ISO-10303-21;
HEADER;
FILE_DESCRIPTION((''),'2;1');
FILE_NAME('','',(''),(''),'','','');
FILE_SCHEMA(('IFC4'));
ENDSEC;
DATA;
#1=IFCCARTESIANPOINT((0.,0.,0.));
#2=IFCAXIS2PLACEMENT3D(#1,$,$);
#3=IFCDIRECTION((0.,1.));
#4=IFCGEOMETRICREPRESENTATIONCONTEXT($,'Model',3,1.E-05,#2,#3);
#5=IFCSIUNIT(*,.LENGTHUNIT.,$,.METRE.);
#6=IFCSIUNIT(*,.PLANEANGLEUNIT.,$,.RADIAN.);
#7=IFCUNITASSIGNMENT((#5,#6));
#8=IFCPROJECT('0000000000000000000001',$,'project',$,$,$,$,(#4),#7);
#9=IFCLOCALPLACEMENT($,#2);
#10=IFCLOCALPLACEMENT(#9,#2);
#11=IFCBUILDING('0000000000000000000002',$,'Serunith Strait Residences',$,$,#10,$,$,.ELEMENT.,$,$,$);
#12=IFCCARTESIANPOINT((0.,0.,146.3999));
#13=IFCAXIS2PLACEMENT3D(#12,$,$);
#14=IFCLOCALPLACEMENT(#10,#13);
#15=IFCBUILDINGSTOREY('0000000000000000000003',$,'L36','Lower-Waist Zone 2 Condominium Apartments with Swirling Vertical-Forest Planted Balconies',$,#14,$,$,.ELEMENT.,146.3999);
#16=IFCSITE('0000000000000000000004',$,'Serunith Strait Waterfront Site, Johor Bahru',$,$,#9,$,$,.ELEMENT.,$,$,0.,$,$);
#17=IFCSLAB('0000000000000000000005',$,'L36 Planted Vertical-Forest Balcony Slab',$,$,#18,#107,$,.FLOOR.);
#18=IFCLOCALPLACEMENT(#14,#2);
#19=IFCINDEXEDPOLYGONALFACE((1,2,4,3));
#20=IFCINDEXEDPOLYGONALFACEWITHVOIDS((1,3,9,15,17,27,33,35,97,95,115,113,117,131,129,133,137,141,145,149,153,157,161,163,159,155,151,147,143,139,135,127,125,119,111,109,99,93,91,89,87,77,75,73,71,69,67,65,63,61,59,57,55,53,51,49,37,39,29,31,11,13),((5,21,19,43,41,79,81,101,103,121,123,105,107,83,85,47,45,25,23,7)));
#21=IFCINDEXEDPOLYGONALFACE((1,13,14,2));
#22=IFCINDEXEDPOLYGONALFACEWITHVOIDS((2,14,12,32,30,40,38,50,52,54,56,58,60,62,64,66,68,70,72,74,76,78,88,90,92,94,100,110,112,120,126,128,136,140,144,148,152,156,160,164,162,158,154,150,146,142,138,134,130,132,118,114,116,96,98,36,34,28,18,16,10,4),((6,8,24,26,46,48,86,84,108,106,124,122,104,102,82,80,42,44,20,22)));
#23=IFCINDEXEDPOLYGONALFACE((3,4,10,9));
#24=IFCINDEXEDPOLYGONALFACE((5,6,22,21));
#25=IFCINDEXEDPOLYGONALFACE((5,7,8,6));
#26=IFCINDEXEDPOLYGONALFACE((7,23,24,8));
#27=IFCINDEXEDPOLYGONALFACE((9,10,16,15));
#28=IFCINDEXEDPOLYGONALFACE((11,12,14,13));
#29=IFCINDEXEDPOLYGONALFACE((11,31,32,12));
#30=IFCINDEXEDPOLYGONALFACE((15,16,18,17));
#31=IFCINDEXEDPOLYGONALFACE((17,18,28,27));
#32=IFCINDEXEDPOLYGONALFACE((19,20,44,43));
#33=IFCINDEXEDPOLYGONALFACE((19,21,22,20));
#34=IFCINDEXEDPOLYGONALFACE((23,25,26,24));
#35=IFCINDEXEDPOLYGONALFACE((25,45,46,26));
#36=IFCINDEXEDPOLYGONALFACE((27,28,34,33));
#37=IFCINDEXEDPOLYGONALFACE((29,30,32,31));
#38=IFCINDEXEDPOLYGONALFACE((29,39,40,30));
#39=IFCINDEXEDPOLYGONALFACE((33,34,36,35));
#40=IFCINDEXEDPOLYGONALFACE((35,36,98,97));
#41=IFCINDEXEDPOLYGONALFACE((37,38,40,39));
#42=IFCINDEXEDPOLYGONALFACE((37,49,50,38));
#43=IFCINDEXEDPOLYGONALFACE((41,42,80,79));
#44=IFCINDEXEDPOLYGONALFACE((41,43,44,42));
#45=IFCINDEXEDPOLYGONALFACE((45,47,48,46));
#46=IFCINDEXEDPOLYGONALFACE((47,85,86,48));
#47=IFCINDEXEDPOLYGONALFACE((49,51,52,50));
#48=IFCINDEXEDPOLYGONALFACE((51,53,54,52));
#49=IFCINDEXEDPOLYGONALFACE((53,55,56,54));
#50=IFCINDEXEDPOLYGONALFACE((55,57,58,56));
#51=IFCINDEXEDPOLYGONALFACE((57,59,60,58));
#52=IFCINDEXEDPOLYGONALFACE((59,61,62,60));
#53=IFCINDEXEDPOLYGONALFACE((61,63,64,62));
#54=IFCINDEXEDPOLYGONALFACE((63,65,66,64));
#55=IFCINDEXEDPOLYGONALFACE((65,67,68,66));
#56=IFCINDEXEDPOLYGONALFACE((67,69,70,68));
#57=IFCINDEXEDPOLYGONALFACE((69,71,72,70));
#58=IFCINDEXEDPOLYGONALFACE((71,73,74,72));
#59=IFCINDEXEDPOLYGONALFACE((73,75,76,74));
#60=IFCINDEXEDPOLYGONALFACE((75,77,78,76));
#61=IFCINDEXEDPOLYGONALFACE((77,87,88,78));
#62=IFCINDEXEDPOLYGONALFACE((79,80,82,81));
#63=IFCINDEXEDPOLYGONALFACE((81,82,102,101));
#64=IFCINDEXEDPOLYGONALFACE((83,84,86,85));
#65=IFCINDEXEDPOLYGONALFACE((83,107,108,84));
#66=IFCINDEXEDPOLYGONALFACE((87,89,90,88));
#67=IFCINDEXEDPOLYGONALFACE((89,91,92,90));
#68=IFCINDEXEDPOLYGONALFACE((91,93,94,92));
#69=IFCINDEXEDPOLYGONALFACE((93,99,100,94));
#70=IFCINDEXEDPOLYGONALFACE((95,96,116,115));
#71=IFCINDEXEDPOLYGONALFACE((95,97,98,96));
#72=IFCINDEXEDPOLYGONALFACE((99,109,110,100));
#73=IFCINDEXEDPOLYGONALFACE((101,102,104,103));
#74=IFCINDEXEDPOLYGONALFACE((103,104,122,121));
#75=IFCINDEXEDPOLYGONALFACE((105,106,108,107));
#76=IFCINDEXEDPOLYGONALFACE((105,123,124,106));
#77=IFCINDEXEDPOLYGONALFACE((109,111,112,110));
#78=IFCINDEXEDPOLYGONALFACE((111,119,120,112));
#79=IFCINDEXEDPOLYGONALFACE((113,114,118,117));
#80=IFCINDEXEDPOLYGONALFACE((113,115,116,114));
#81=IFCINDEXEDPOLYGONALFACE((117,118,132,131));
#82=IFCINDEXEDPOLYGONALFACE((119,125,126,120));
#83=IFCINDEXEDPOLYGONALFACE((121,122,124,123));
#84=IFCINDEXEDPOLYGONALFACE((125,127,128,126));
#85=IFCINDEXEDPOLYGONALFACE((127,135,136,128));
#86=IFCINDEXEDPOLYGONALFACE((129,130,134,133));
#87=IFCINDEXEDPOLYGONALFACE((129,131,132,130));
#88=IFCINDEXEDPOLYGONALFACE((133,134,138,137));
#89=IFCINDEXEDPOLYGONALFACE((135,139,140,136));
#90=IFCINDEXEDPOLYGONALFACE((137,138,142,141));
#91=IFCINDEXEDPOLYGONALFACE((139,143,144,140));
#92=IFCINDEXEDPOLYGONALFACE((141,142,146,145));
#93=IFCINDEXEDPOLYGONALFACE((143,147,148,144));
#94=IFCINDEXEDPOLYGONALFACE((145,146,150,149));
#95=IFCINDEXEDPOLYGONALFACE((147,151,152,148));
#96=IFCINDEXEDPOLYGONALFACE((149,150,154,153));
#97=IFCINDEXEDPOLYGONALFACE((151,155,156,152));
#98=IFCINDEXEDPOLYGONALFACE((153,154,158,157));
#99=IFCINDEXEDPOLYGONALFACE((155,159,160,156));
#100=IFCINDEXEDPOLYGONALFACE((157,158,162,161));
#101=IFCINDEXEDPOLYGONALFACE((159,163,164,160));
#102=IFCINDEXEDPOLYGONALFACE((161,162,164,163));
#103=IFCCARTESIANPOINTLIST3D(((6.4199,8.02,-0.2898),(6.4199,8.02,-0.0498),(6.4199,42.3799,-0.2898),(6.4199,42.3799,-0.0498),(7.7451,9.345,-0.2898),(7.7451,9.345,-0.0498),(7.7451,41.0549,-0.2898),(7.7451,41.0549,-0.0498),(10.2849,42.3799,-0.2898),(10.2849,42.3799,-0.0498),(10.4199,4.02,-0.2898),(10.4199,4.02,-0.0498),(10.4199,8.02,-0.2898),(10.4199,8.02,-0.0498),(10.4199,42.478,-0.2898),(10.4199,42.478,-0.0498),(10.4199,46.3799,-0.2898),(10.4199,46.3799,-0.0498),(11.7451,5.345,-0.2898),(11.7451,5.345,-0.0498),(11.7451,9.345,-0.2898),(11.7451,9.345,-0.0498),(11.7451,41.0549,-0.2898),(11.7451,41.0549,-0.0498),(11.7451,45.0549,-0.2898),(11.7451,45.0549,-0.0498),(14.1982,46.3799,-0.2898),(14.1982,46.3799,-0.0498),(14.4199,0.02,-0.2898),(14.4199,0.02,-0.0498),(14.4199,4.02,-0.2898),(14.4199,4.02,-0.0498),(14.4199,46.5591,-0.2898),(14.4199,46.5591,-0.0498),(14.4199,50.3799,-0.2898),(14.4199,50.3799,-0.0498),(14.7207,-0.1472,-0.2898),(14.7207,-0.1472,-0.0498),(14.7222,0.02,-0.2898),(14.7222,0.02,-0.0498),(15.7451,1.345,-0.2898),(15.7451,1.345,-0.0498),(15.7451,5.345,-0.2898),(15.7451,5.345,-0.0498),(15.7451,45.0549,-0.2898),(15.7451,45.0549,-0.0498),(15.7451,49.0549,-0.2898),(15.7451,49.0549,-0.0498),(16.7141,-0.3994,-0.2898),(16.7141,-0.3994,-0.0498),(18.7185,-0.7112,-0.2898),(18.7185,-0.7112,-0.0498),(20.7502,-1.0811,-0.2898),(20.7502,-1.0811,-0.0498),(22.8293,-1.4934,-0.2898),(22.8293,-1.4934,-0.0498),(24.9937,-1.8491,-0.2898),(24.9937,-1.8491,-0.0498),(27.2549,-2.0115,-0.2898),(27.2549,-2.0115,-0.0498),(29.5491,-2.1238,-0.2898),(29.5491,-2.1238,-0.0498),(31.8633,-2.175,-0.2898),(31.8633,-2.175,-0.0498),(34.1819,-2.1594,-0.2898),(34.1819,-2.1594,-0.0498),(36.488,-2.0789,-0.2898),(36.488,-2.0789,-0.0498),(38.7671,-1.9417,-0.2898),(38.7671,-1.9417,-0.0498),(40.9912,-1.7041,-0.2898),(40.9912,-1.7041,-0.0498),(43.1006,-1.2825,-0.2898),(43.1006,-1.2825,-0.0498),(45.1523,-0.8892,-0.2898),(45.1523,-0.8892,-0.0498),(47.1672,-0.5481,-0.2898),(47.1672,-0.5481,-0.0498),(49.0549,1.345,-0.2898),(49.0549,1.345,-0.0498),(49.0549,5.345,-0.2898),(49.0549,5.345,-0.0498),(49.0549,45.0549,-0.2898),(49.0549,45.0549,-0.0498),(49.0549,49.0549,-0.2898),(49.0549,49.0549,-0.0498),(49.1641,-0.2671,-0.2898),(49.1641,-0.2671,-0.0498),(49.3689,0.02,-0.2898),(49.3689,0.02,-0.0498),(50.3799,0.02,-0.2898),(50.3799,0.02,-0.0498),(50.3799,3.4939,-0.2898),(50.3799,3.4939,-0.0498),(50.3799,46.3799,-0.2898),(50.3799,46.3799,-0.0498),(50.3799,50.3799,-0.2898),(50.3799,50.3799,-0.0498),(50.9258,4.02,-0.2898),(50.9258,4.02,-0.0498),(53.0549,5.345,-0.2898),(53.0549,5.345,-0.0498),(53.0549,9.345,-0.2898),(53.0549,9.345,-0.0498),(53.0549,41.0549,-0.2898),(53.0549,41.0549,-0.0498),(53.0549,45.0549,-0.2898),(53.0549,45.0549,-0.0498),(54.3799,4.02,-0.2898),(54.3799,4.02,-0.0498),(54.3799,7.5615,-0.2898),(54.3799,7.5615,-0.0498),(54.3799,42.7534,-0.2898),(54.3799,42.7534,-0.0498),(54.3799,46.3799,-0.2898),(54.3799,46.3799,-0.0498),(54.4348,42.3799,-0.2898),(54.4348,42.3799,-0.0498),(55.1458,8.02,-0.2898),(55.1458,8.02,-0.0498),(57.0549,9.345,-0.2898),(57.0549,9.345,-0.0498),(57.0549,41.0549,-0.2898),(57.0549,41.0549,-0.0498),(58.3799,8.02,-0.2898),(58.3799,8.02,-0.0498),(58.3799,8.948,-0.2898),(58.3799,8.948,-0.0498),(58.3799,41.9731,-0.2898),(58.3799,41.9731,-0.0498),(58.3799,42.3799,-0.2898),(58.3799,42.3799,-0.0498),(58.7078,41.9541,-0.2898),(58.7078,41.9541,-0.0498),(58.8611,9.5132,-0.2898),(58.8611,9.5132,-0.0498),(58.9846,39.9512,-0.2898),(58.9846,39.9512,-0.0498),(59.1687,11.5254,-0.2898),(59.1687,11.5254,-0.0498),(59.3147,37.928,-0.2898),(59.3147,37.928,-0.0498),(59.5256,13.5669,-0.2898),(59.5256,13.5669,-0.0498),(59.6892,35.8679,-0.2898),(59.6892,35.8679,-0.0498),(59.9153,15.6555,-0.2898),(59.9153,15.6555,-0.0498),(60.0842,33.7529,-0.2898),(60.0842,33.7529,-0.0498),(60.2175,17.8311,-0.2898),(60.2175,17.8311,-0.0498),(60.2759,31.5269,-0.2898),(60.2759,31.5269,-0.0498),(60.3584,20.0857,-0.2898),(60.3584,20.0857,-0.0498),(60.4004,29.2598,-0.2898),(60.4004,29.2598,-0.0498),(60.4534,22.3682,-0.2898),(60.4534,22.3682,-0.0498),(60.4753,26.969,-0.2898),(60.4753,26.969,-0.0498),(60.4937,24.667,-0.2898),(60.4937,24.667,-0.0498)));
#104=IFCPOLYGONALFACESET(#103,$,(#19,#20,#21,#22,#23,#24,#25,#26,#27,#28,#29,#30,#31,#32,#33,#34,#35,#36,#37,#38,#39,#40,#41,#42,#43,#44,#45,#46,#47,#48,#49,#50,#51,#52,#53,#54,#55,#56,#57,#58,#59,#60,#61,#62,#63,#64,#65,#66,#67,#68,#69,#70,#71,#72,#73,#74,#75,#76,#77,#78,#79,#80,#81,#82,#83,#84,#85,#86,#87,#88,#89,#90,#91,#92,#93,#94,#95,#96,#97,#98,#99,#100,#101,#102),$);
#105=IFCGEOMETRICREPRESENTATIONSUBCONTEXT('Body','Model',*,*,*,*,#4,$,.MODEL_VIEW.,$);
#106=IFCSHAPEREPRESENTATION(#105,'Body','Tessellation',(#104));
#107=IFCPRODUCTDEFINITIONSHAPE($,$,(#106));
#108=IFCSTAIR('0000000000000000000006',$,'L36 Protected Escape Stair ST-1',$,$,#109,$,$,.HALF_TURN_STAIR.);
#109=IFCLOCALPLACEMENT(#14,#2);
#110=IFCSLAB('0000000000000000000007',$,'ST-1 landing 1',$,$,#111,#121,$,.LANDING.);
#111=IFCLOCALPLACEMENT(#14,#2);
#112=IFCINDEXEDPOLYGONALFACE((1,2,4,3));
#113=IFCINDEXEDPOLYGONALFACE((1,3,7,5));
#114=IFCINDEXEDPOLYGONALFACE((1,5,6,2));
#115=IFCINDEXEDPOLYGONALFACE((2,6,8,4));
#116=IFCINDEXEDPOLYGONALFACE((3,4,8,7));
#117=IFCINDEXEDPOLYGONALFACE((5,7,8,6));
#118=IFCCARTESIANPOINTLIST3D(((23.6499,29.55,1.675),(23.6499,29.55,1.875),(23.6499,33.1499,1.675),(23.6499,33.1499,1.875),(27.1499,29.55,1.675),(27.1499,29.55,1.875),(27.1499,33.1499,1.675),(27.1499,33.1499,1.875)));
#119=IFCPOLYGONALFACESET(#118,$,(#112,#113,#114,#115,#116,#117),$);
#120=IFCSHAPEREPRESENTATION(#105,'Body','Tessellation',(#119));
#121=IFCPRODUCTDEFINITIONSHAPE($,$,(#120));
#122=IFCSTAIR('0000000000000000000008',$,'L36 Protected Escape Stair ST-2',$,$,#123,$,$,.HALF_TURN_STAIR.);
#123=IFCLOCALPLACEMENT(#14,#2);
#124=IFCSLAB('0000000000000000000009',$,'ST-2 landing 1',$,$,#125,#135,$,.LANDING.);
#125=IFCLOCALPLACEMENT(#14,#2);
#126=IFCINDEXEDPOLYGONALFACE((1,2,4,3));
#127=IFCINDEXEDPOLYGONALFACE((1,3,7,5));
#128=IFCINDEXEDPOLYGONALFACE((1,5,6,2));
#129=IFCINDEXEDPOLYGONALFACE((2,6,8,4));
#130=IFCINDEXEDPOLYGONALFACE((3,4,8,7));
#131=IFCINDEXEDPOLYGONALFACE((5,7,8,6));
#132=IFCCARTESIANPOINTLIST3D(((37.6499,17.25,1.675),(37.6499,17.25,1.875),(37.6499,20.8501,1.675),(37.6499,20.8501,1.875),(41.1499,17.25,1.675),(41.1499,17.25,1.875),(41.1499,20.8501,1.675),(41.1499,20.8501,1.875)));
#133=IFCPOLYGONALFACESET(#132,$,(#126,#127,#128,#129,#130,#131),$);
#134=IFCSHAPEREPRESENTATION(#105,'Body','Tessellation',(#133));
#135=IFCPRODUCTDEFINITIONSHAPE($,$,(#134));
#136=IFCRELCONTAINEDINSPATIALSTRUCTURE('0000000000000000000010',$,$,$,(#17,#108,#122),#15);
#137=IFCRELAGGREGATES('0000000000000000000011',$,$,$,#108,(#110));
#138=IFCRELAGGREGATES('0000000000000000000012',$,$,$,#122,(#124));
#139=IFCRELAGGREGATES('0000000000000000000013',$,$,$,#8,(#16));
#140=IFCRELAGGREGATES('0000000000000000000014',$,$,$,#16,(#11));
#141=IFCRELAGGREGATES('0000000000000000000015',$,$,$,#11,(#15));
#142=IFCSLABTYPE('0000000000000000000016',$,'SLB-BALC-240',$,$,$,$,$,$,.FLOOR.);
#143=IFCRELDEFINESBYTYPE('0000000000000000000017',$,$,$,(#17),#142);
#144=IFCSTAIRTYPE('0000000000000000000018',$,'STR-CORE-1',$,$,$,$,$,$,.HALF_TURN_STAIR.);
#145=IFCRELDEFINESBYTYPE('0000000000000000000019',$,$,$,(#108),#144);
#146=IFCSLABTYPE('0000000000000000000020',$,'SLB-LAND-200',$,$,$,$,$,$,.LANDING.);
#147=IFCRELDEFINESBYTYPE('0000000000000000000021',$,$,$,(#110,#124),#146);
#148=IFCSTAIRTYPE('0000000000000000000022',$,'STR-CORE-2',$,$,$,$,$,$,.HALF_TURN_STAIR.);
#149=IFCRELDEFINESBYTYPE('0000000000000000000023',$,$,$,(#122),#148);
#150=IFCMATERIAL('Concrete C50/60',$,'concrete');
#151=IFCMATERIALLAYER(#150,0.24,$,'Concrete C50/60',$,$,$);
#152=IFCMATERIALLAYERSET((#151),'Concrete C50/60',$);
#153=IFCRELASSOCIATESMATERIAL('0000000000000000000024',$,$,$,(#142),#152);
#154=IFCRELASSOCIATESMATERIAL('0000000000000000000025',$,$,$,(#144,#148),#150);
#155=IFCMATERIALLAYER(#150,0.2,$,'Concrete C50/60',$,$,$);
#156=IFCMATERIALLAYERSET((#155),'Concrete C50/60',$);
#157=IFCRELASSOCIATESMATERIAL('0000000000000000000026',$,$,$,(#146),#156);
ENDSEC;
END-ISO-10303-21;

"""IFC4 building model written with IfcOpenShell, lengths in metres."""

from ifc_helpers import new_model, si_unit, direction, frame, origin, place, context, subcontext, project, spatial, polyline, outline, extrude, material, layer, layer_set, type_object, element, aggregate, save


model = new_model("IFC4")

# Units and contexts
model_context = context("Model", 3, precision=1e-05, world=origin(), true_north=direction((0.0, 1.0)))
body_context = subcontext(model_context, "Body", "Model", "MODEL_VIEW")
ifc_project = project(units=[si_unit("LENGTHUNIT", "METRE"), si_unit("PLANEANGLEUNIT", "RADIAN")], contexts=[model_context])

# Site, building, storey
site_placement = place(None, origin())
site = spatial("IfcSite", under=ifc_project, at=site_placement, Name="Serunith Strait Waterfront Site, Johor Bahru", CompositionType="ELEMENT", RefElevation=0.0)
building_placement = place(site_placement, origin())
building = spatial("IfcBuilding", under=site, at=building_placement, Name="Serunith Strait Residences", CompositionType="ELEMENT")
storey_placement = place(building_placement, frame((0.0, 0.0, 146.3999)))
storey = spatial("IfcBuildingStorey", under=building, at=storey_placement, Name="L36", Description="Lower-Waist Zone 2 Condominium Apartments with Swirling Vertical-Forest Planted Balconies", CompositionType="ELEMENT", Elevation=146.3999)

# Slab
ifc_material_1 = material(Name="Concrete C50/60", Category="concrete")
ifc_layer_1 = layer(ifc_material_1, 0.24, Name="Concrete C50/60")
ifc_layer_set_1 = layer_set([ifc_layer_1], Name="Concrete C50/60")
slab_type_1 = type_object("IfcSlabType", Name="SLB-BALC-240", PredefinedType="FLOOR", material=ifc_layer_set_1)
slab_1_placement = place(storey_placement, frame((0.0, 0.0, -0.2898)))
element("IfcSlab", 1, at=slab_1_placement, inside=storey, type_object=slab_type_1, Name="L36 Planted Vertical-Forest Balcony Slab", PredefinedType="FLOOR", context=body_context, shape_type="SweptSolid", body=[
    extrude(outline(polyline([(14.4199, 0.02), (14.4199, 4.02), (10.4199, 4.02), (10.4199, 8.02), (6.4199, 8.02), (6.4199, 42.3799), (10.2849, 42.3799), (10.4199, 42.478), (10.4199, 46.3799), (14.1982, 46.3799), (14.4199, 46.5591), (14.4199, 50.3799), (50.3799, 50.3799), (50.3799, 46.3799), (54.3799, 46.3799), (54.3799, 42.7534), (54.4348, 42.3799), (58.3799, 42.3799), (58.3799, 41.9731), (58.7078, 41.9541), (58.9846, 39.9512), (59.3147, 37.928), (59.6892, 35.8679), (60.0842, 33.7529), (60.2759, 31.5269), (60.4004, 29.2598), (60.4753, 26.969), (60.4937, 24.667), (60.4534, 22.3682), (60.3584, 20.0857), (60.2175, 17.8311), (59.9153, 15.6555), (59.5256, 13.5669), (59.1687, 11.5254), (58.8611, 9.5132), (58.3799, 8.948), (58.3799, 8.02), (55.1458, 8.02), (54.3799, 7.5615), (54.3799, 4.02), (50.9258, 4.02), (50.3799, 3.4939), (50.3799, 0.02), (49.3689, 0.02), (49.1641, -0.2671), (47.1672, -0.5481), (45.1523, -0.8892), (43.1006, -1.2825), (40.9912, -1.7041), (38.7671, -1.9417), (36.488, -2.0789), (34.1819, -2.1594), (31.8633, -2.175), (29.5491, -2.1238), (27.2549, -2.0115), (24.9937, -1.8491), (22.8293, -1.4934), (20.7502, -1.0811), (18.7185, -0.7112), (16.7141, -0.3994), (14.7207, -0.1472), (14.7222, 0.02), (14.4199, 0.02)]), holes=[polyline([(49.0549, 1.345), (49.0549, 5.345), (53.0549, 5.345), (53.0549, 9.345), (57.0549, 9.345), (57.0549, 41.0549), (53.0549, 41.0549), (53.0549, 45.0549), (49.0549, 45.0549), (49.0549, 49.0549), (15.7451, 49.0549), (15.7451, 45.0549), (11.7451, 45.0549), (11.7451, 41.0549), (7.7451, 41.0549), (7.7451, 9.345), (11.7451, 9.345), (11.7451, 5.345), (15.7451, 5.345), (15.7451, 1.345), (49.0549, 1.345)])]), origin(), (0.0, 0.0, 1.0), 0.24),
])

# Stairs, slabs
stair_type_1 = type_object("IfcStairType", Name="STR-CORE-1", PredefinedType="HALF_TURN_STAIR", material=ifc_material_1)
stair_1_placement = place(storey_placement, origin())
stair_1 = element("IfcStair", 2, at=stair_1_placement, inside=storey, type_object=stair_type_1, Name="L36 Protected Escape Stair ST-1", PredefinedType="HALF_TURN_STAIR")
ifc_layer_2 = layer(ifc_material_1, 0.2, Name="Concrete C50/60")
ifc_layer_set_2 = layer_set([ifc_layer_2], Name="Concrete C50/60")
slab_type_2 = type_object("IfcSlabType", Name="SLB-LAND-200", PredefinedType="LANDING", material=ifc_layer_set_2)
slab_2_placement = place(storey_placement, frame((0.0, 0.0, 1.675)))
slab_2 = element("IfcSlab", 3, at=slab_2_placement, type_object=slab_type_2, Name="ST-1 landing 1", PredefinedType="LANDING", context=body_context, shape_type="SweptSolid", body=[
    extrude(outline(polyline([(27.1499, 29.55), (27.1499, 33.1499), (23.6499, 33.1499), (23.6499, 29.55), (27.1499, 29.55)])), origin(), (0.0, 0.0, 1.0), 0.2),
])
aggregate(stair_1, [slab_2])
stair_type_2 = type_object("IfcStairType", Name="STR-CORE-2", PredefinedType="HALF_TURN_STAIR", material=ifc_material_1)
stair_2_placement = place(storey_placement, origin())
stair_2 = element("IfcStair", 4, at=stair_2_placement, inside=storey, type_object=stair_type_2, Name="L36 Protected Escape Stair ST-2", PredefinedType="HALF_TURN_STAIR")
slab_3_placement = place(storey_placement, frame((0.0, 0.0, 1.675)))
slab_3 = element("IfcSlab", 5, at=slab_3_placement, type_object=slab_type_2, Name="ST-2 landing 1", PredefinedType="LANDING", context=body_context, shape_type="SweptSolid", body=[
    extrude(outline(polyline([(37.6499, 20.8501), (37.6499, 17.25), (41.1499, 17.25), (41.1499, 20.8501), (37.6499, 20.8501)])), origin(), (0.0, 0.0, 1.0), 0.2),
])
aggregate(stair_2, [slab_3])

save(model, "model.ifc")
